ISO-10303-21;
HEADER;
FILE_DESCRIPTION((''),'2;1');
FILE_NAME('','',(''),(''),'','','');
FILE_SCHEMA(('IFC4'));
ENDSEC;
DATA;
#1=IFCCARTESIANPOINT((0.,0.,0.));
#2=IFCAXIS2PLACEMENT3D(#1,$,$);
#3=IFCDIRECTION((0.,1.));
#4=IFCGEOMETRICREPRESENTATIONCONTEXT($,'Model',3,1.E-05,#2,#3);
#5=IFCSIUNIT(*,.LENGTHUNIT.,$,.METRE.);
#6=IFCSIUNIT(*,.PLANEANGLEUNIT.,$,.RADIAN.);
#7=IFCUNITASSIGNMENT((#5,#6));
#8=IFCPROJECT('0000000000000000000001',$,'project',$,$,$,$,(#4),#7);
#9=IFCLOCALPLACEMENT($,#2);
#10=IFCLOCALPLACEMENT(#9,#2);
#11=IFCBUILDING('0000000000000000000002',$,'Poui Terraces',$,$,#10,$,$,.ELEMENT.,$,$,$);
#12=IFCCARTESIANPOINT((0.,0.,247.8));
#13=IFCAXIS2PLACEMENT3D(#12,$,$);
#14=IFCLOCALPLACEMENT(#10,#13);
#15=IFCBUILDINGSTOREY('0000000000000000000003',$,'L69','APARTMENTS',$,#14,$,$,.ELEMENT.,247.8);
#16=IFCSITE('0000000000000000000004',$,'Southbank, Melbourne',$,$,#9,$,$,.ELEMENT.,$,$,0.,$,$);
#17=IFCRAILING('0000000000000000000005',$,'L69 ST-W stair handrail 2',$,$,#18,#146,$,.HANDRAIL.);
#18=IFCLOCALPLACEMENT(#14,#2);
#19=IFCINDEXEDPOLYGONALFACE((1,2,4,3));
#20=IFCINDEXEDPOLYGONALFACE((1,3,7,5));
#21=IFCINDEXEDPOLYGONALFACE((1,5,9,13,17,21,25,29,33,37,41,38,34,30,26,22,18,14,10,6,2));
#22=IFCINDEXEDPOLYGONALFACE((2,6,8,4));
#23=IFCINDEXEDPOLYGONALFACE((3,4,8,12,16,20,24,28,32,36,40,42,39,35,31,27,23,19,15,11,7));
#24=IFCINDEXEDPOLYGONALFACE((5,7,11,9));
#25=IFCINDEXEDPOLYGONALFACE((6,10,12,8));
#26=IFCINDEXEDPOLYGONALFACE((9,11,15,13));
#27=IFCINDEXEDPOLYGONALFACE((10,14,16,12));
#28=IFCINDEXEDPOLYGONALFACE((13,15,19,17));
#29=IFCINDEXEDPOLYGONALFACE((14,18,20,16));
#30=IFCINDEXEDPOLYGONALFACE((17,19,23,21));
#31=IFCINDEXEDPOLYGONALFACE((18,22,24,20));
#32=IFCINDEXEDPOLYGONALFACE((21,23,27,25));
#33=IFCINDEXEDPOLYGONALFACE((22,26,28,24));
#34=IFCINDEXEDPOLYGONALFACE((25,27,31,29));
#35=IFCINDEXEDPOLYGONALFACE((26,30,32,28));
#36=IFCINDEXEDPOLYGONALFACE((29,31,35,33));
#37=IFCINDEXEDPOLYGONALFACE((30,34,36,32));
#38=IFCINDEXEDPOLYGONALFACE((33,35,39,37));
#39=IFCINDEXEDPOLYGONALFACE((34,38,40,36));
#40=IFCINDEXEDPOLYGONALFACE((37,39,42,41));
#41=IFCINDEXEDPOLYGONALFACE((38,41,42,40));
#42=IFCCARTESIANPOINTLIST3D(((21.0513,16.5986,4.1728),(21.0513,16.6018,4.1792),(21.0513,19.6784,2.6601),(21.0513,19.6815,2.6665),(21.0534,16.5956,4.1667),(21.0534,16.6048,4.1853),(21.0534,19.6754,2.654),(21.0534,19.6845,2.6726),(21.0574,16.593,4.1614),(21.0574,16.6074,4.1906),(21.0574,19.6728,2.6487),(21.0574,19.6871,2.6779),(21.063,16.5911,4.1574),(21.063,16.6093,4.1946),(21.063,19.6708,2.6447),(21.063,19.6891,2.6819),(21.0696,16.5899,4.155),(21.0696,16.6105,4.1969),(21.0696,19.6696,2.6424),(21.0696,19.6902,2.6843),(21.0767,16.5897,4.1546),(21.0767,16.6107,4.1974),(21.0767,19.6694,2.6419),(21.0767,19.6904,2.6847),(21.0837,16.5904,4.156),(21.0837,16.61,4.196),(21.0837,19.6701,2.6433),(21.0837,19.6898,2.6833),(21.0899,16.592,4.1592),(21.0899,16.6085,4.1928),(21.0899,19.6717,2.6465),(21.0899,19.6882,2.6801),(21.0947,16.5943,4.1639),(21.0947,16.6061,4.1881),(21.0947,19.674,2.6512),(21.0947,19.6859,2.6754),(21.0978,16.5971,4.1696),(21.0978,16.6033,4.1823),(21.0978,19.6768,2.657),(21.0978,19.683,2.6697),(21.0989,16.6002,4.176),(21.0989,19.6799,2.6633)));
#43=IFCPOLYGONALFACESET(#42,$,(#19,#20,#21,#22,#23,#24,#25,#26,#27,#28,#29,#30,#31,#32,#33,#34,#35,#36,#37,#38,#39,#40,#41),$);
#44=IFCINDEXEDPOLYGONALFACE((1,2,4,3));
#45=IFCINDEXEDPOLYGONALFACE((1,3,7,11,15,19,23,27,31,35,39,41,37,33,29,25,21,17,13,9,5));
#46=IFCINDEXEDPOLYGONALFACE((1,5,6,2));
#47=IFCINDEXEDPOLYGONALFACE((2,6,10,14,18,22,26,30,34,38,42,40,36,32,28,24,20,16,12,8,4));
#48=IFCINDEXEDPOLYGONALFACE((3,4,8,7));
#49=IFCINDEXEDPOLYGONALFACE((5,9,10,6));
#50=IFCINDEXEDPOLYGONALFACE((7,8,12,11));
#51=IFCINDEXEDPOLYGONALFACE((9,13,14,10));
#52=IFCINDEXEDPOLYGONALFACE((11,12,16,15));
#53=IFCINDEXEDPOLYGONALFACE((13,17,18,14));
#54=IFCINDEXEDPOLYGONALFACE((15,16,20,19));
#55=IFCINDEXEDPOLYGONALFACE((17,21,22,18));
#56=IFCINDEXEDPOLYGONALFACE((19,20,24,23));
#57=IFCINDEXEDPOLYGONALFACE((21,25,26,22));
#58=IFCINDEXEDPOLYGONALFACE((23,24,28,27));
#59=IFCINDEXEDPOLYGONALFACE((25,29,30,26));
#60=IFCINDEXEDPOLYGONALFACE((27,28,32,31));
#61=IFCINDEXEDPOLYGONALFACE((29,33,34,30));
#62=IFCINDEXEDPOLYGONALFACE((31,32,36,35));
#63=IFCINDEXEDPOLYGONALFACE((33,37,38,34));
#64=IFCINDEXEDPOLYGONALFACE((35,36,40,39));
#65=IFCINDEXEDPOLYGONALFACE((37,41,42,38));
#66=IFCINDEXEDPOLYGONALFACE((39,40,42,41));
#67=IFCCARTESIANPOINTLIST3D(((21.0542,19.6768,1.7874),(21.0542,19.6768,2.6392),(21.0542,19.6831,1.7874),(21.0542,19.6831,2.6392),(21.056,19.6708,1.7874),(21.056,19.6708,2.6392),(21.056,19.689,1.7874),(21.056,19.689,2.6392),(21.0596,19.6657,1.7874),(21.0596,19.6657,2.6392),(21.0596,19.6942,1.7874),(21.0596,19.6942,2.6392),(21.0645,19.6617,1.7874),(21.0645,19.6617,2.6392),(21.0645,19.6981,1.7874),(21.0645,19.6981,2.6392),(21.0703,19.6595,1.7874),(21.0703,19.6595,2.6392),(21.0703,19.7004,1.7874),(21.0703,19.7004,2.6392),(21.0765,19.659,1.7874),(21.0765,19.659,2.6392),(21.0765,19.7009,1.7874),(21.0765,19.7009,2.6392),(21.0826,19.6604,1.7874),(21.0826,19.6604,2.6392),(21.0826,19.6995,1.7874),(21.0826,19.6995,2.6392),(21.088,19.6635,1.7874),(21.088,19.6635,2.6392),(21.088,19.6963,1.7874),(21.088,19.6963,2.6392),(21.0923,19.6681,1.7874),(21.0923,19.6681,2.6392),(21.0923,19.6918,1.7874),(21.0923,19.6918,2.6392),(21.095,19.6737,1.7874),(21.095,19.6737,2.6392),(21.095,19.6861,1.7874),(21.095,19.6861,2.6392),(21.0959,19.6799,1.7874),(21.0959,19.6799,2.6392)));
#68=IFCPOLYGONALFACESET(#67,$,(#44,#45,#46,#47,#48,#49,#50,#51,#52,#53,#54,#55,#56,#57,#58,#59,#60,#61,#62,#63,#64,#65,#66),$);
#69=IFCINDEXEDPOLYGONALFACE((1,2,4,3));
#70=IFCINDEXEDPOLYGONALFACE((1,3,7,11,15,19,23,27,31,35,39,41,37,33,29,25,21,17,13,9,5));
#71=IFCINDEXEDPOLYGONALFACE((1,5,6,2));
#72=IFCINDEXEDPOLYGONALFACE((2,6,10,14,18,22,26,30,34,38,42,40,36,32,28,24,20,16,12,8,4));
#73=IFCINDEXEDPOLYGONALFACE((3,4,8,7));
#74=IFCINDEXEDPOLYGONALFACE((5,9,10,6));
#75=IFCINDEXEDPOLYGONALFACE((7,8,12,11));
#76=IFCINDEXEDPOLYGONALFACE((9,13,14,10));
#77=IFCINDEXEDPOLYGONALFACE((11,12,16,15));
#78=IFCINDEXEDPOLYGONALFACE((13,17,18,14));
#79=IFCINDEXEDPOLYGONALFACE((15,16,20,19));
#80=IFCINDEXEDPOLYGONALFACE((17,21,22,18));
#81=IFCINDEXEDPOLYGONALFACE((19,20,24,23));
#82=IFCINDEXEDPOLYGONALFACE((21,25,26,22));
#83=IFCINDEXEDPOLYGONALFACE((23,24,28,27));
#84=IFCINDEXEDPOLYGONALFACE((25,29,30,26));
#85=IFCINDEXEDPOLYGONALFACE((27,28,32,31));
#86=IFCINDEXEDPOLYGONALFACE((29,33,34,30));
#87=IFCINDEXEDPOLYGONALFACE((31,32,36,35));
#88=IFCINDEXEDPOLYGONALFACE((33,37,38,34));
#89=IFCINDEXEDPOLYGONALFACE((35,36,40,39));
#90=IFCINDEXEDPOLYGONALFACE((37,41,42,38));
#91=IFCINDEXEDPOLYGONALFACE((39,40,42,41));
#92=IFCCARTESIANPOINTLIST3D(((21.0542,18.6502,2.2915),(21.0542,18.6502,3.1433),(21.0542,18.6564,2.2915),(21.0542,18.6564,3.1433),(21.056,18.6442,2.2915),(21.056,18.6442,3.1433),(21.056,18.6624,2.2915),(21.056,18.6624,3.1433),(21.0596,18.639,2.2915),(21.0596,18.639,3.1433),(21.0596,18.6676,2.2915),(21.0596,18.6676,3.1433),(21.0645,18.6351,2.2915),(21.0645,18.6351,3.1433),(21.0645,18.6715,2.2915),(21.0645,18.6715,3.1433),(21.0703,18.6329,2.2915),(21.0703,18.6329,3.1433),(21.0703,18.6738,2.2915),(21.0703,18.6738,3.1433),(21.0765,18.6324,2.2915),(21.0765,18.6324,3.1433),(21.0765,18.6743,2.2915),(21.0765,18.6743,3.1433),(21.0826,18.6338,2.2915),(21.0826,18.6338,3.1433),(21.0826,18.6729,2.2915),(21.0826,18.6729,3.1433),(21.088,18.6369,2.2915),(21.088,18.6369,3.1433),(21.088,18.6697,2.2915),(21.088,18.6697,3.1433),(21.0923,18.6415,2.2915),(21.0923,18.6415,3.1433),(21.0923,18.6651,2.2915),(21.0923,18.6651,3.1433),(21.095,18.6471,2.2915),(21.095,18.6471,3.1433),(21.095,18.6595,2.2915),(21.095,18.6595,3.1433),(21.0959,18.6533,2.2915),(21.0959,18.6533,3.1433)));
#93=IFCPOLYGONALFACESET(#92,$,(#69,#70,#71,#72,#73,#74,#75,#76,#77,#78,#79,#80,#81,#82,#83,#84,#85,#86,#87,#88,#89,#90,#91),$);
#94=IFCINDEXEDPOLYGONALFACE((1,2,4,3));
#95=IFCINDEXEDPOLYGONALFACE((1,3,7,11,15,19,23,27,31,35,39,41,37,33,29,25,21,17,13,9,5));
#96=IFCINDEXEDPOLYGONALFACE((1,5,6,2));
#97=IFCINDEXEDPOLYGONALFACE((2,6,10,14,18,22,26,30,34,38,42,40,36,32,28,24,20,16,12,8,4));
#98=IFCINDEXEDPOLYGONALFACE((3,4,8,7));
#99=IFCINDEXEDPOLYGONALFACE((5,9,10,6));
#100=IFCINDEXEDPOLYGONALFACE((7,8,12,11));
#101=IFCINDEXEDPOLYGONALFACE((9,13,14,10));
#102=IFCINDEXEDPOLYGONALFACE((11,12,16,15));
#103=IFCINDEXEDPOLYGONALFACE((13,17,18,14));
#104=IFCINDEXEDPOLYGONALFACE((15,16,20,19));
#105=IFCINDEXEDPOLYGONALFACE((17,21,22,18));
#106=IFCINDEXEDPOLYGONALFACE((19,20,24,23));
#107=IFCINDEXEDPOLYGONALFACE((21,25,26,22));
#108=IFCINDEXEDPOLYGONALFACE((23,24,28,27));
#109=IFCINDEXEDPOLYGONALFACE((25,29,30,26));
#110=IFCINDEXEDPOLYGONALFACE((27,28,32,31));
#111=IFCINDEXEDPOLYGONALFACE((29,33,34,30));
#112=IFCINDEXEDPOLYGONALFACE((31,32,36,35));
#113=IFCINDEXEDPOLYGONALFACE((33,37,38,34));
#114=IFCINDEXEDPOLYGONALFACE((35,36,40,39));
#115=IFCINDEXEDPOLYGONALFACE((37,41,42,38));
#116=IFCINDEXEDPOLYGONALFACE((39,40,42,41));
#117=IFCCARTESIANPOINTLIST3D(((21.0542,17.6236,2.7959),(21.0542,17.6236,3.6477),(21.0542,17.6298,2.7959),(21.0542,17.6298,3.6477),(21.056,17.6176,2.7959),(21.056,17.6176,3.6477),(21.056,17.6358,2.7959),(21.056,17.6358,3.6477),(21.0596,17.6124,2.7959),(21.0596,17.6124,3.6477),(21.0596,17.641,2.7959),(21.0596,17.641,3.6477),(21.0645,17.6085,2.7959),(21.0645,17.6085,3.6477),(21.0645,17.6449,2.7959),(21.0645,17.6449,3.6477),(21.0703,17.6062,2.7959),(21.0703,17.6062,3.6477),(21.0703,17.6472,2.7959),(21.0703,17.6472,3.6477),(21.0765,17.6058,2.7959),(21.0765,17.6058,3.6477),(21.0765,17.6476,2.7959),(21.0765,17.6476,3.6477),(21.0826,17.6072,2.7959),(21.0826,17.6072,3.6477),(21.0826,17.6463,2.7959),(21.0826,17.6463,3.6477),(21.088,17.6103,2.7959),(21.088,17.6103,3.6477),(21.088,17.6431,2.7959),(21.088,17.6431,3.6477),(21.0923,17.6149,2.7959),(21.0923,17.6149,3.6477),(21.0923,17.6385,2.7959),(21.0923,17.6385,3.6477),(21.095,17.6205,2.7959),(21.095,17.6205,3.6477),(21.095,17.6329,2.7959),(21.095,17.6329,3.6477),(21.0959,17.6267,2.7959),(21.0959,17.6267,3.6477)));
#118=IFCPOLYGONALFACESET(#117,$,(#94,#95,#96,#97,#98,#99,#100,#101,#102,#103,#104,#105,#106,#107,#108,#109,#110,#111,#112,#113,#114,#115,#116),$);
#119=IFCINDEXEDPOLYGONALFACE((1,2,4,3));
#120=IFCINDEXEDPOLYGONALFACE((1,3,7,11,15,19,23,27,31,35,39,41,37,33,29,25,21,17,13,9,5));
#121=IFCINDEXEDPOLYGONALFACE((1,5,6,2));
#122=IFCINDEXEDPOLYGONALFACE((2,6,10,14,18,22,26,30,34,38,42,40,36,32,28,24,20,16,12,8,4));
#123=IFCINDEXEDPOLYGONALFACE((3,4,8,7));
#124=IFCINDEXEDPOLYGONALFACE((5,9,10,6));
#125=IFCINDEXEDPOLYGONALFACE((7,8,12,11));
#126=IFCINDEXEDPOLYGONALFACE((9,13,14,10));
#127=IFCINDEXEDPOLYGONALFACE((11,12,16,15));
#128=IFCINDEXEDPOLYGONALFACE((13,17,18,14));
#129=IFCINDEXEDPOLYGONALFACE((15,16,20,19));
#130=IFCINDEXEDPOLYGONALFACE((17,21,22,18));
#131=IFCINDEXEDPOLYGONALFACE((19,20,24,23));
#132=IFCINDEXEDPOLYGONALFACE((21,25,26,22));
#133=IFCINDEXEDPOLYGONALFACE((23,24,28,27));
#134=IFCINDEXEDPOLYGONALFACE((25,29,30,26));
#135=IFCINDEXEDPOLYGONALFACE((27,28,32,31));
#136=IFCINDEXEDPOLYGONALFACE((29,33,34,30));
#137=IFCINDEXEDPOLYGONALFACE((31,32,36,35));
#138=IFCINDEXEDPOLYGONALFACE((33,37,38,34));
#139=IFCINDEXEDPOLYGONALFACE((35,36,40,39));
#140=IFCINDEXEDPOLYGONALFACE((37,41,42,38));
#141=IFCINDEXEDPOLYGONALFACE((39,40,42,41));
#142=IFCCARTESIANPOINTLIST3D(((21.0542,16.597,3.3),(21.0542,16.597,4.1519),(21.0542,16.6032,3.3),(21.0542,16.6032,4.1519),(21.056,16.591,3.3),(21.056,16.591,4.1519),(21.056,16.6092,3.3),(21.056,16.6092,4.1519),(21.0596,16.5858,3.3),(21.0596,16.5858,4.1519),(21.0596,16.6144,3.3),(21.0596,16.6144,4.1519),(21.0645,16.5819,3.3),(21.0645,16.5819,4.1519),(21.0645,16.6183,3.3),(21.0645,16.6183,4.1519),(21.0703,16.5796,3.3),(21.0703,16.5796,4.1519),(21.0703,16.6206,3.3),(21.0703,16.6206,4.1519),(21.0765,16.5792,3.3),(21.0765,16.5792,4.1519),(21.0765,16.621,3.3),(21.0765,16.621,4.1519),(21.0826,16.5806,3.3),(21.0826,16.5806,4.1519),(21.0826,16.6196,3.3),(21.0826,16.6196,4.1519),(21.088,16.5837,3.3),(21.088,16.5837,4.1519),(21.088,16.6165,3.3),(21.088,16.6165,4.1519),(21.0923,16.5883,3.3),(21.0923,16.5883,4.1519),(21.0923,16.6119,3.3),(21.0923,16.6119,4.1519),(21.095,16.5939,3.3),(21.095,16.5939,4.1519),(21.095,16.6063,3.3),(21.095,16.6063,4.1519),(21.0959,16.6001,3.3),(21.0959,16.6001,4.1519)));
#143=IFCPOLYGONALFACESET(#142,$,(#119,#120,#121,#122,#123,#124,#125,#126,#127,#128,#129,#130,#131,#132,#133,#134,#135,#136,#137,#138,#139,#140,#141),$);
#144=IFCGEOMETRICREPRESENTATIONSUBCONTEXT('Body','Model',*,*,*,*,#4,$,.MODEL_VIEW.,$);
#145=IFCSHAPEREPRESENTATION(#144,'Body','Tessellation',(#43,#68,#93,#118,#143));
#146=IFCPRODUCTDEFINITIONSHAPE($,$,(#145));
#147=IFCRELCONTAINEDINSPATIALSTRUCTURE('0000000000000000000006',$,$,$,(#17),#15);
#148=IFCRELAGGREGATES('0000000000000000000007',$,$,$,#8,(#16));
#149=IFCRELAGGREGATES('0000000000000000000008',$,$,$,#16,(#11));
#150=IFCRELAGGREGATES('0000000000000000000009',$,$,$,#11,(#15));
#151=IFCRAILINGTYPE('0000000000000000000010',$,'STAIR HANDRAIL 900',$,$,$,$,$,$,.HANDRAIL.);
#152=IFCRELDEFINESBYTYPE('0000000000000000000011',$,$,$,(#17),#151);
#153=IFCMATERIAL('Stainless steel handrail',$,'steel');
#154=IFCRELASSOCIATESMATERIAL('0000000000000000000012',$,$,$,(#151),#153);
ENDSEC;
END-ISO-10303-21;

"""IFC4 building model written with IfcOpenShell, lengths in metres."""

from ifc_helpers import new_model, si_unit, direction, frame, origin, origin_2d, place, context, subcontext, project, spatial, circle, extrude, material, type_object, element, save


model = new_model("IFC4")

# Units and contexts
model_context = context("Model", 3, precision=1e-05, world=origin(), true_north=direction((0.0, 1.0)))
body_context = subcontext(model_context, "Body", "Model", "MODEL_VIEW")
ifc_project = project(units=[si_unit("LENGTHUNIT", "METRE"), si_unit("PLANEANGLEUNIT", "RADIAN")], contexts=[model_context])

# Site, building, storey
site_placement = place(None, origin())
site = spatial("IfcSite", under=ifc_project, at=site_placement, Name="Southbank, Melbourne", CompositionType="ELEMENT", RefElevation=0.0)
building_placement = place(site_placement, origin())
building = spatial("IfcBuilding", under=site, at=building_placement, Name="Poui Terraces", CompositionType="ELEMENT")
storey_placement = place(building_placement, frame((0.0, 0.0, 247.8)))
storey = spatial("IfcBuildingStorey", under=building, at=storey_placement, Name="L69", Description="APARTMENTS", CompositionType="ELEMENT", Elevation=247.8)

# Railing
ifc_material_1 = material(Name="Stainless steel handrail", Category="steel")
railing_type_1 = type_object("IfcRailingType", Name="STAIR HANDRAIL 900", PredefinedType="HANDRAIL", material=ifc_material_1)
railing_1_placement = place(storey_placement, frame((21.075, 19.6799, 1.7874)))
element("IfcRailing", 1, at=railing_1_placement, inside=storey, type_object=railing_type_1, Name="L69 ST-W stair handrail 2", PredefinedType="HANDRAIL", context=body_context, shape_type="SweptSolid", body=[
    extrude(circle(Radius=0.0239, at=origin_2d()), frame((0.0, 0.0, 0.876), z_axis=(0.0, -0.897578, 0.440856), x_axis=(1.0, 0.0, 0.0)), (0.0, 0.0, 1.0), 3.4312),
    extrude(circle(Radius=0.021, at=origin_2d()), origin(), (0.0, 0.0, 1.0), 0.8518),
    extrude(circle(Radius=0.021, at=origin_2d()), frame((0.0, -1.0266, 0.5042)), (0.0, 0.0, 1.0), 0.8518),
    extrude(circle(Radius=0.021, at=origin_2d()), frame((0.0, -2.0532, 1.0085)), (0.0, 0.0, 1.0), 0.8518),
    extrude(circle(Radius=0.021, at=origin_2d()), frame((0.0, -3.0798, 1.5127)), (0.0, 0.0, 1.0), 0.8518),
])

save(model, "model.ifc")
